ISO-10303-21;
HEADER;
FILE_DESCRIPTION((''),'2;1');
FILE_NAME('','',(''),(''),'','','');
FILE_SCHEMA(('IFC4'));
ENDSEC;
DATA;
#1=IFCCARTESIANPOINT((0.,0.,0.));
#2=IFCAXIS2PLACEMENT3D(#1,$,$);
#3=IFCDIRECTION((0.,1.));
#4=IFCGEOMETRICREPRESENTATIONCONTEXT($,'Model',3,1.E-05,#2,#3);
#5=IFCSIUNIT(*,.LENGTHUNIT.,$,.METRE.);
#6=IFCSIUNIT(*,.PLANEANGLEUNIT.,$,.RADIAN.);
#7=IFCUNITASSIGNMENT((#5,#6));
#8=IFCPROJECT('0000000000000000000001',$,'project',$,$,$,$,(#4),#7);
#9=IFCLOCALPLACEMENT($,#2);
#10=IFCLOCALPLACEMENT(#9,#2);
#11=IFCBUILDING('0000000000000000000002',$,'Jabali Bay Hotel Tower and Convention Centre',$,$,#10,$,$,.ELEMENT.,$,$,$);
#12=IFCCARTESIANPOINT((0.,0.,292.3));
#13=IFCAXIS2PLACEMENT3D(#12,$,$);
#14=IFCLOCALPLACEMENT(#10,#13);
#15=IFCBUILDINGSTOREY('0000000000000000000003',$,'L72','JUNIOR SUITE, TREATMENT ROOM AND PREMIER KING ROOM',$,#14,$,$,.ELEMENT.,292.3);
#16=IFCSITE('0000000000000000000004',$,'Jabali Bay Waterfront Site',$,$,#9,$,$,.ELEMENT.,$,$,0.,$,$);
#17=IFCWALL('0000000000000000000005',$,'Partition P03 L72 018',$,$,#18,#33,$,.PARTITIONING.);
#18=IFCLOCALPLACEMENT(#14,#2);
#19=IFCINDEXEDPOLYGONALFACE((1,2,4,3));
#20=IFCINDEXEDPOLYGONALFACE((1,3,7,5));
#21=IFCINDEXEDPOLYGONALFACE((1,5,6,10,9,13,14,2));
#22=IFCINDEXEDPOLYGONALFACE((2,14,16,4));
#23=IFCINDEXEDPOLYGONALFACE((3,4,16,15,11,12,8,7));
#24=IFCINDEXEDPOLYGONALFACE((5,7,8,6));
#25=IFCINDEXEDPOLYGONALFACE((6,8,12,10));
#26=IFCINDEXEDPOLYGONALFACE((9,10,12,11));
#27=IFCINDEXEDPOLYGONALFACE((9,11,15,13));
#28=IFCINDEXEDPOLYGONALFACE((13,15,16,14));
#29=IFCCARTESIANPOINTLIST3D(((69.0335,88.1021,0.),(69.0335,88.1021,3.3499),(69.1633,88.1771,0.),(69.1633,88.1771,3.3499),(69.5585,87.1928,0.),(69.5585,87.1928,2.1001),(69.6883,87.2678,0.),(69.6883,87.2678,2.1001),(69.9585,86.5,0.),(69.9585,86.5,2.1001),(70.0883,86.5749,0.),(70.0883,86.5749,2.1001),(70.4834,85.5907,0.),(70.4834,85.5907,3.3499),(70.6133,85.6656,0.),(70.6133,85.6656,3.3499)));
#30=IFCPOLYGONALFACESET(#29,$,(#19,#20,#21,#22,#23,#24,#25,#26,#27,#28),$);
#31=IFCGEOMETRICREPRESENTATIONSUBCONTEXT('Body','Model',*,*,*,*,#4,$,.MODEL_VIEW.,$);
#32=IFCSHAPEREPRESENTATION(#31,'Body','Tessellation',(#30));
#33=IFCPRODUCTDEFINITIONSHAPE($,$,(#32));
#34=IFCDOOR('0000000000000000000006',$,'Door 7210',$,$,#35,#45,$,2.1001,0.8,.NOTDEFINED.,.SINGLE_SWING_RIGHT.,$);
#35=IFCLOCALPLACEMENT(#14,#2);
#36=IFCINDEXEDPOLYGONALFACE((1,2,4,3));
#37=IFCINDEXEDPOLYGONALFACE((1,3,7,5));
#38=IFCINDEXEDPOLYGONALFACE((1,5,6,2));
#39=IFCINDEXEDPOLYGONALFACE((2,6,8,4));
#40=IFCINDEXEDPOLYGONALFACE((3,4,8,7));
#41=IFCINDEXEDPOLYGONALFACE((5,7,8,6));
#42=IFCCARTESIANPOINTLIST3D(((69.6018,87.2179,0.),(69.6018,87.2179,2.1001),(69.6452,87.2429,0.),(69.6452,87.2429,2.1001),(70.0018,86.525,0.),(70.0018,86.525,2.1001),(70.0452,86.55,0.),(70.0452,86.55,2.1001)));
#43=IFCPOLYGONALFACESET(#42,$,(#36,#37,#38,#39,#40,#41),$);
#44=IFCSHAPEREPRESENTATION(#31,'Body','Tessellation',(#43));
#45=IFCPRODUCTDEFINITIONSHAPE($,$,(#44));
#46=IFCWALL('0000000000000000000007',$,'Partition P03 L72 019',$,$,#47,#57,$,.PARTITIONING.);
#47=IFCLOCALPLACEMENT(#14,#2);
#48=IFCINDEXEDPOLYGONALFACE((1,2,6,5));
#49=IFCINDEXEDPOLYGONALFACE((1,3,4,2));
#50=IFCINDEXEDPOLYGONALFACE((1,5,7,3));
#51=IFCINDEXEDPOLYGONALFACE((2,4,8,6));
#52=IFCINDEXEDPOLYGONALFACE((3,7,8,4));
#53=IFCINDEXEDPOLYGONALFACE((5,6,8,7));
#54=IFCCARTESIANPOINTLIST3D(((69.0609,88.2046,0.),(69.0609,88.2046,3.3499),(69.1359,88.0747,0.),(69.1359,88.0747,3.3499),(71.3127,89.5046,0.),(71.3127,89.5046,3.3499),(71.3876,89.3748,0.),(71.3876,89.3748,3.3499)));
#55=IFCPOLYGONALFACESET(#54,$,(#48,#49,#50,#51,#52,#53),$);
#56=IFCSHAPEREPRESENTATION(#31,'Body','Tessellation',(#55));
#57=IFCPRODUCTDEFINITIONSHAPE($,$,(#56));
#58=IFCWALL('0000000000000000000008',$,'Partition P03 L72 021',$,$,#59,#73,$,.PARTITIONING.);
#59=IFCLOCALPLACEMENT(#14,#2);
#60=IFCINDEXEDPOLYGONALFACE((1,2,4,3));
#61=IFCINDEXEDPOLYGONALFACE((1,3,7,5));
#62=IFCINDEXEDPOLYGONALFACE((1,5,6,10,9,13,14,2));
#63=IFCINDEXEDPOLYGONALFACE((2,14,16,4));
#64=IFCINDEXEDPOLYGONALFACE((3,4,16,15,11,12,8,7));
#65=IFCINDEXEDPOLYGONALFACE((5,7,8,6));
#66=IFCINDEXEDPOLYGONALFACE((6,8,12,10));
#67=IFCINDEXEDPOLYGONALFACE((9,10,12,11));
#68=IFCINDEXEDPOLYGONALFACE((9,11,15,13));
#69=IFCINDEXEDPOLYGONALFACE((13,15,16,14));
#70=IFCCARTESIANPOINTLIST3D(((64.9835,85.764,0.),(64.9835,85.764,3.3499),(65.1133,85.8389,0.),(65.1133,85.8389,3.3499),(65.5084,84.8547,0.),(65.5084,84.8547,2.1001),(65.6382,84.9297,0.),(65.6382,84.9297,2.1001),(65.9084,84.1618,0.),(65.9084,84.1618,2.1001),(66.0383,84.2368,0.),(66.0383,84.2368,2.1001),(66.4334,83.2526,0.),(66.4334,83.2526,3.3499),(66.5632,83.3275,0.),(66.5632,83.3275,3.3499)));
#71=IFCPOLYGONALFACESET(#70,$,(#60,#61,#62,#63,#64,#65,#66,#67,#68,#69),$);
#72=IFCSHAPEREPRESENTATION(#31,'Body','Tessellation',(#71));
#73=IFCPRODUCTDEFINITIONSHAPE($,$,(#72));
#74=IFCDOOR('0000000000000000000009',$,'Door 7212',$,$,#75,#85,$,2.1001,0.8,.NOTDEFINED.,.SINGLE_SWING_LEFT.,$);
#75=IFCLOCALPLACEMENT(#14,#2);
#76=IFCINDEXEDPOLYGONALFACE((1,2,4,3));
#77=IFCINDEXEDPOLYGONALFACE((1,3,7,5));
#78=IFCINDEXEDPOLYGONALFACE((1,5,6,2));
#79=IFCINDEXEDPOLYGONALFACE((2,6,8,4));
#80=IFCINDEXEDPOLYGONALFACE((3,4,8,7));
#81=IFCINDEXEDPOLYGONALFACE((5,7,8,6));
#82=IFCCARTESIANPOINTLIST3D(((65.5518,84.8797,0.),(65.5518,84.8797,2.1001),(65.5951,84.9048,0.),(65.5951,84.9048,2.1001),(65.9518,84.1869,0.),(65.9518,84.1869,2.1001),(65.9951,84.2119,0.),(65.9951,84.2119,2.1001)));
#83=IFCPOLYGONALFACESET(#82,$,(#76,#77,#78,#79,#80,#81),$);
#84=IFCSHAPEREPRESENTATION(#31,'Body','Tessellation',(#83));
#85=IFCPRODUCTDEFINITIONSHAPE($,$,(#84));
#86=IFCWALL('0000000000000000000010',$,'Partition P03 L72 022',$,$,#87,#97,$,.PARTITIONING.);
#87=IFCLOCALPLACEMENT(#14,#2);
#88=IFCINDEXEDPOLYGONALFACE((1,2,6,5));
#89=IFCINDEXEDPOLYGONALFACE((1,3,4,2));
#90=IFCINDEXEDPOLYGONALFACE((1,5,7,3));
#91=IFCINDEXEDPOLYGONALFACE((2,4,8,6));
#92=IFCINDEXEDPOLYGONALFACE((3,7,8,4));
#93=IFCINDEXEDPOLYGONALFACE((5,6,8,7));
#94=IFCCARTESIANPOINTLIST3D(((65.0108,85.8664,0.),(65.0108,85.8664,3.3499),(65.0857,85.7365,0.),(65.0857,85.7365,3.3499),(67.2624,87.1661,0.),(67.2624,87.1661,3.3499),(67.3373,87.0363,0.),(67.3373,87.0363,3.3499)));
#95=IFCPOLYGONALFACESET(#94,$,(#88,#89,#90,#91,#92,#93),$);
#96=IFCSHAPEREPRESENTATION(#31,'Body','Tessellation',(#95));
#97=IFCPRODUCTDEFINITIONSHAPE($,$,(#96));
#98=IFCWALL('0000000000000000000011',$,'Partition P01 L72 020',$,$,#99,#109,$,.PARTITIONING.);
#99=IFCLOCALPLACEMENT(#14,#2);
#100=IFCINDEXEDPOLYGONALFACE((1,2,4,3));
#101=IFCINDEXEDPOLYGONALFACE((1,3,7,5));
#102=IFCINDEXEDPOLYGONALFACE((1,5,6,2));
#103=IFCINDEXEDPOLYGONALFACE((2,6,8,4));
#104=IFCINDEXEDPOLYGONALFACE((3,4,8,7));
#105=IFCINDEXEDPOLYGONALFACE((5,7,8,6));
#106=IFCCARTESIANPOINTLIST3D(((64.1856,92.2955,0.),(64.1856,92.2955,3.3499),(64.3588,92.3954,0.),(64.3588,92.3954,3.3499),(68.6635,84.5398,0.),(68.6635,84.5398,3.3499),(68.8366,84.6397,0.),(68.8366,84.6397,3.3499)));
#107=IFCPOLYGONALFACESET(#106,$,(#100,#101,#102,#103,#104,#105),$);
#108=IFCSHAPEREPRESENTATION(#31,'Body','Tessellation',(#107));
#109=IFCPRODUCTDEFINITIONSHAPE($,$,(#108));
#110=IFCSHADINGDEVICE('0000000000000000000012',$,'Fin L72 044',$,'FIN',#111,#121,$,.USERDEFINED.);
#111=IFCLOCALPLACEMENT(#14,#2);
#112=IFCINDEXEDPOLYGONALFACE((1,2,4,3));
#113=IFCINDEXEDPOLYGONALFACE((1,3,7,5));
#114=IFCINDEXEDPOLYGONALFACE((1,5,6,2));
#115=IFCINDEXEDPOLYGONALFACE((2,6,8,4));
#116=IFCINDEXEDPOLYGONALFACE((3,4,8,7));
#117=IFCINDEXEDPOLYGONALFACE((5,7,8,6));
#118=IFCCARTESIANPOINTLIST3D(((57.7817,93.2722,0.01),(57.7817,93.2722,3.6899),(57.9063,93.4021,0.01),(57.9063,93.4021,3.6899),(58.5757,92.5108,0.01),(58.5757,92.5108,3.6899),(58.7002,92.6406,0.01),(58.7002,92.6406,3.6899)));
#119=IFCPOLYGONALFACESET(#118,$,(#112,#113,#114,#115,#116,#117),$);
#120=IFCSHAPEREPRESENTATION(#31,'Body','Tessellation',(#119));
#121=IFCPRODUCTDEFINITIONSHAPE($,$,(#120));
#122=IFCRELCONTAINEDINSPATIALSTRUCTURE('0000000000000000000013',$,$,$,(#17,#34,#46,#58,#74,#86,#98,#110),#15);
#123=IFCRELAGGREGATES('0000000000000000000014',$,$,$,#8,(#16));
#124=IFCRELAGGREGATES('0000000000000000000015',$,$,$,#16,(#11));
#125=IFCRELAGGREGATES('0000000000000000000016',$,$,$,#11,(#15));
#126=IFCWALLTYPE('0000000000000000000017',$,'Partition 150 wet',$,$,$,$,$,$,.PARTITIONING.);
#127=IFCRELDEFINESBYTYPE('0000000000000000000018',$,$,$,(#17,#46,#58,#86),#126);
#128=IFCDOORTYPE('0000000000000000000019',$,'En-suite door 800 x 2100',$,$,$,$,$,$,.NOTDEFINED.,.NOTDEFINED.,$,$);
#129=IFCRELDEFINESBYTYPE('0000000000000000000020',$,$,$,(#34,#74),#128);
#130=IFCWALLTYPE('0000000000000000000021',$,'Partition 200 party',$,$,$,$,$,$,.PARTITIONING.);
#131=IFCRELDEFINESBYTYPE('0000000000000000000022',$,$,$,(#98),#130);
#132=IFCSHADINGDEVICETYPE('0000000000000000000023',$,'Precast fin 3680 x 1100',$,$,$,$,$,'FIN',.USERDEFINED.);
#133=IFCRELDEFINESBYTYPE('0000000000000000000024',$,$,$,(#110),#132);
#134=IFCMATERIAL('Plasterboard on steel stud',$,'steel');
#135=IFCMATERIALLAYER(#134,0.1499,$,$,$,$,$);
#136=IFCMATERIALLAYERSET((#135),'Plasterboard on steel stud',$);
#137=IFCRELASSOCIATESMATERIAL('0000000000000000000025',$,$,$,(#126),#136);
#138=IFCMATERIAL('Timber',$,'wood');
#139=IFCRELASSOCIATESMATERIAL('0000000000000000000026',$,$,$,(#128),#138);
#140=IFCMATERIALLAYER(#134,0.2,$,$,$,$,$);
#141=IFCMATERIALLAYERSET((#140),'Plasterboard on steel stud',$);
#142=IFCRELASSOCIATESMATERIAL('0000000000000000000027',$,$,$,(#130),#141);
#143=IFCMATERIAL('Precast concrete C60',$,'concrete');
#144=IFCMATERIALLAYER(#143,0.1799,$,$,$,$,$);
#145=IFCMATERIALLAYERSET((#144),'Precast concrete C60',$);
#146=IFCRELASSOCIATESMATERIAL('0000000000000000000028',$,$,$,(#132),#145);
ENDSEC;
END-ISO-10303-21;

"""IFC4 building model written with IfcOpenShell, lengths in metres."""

from ifc_helpers import new_model, si_unit, direction, frame, frame_2d, origin, place, context, subcontext, project, spatial, rectangle, extrude, material, layer, layer_set, type_object, element, fill, save


model = new_model("IFC4")

# Units and contexts
model_context = context("Model", 3, precision=1e-05, world=origin(), true_north=direction((0.0, 1.0)))
body_context = subcontext(model_context, "Body", "Model", "MODEL_VIEW")
ifc_project = project(units=[si_unit("LENGTHUNIT", "METRE"), si_unit("PLANEANGLEUNIT", "RADIAN")], contexts=[model_context])

# Site, building, storey
site_placement = place(None, origin())
site = spatial("IfcSite", under=ifc_project, at=site_placement, Name="Jabali Bay Waterfront Site", CompositionType="ELEMENT", RefElevation=0.0)
building_placement = place(site_placement, origin())
building = spatial("IfcBuilding", under=site, at=building_placement, Name="Jabali Bay Hotel Tower and Convention Centre", CompositionType="ELEMENT")
storey_placement = place(building_placement, frame((0.0, 0.0, 292.3)))
storey = spatial("IfcBuildingStorey", under=building, at=storey_placement, Name="L72", Description="JUNIOR SUITE, TREATMENT ROOM AND PREMIER KING ROOM", CompositionType="ELEMENT", Elevation=292.3)

# Shared definitions
ifc_material_1 = material(Name="Timber", Category="wood")

# Shared definitions
ifc_material_2 = material(Name="Plasterboard on steel stud", Category="steel")

# Shared definitions
ifc_layer_1 = layer(ifc_material_2, 0.1499)
ifc_layer_set_1 = layer_set([ifc_layer_1], Name="Plasterboard on steel stud")
wall_type_1 = type_object("IfcWallType", Name="Partition 150 wet", PredefinedType="PARTITIONING", material=ifc_layer_set_1)
door_type_1 = type_object("IfcDoorType", Name="En-suite door 800 x 2100", OperationType="NOTDEFINED", PredefinedType="NOTDEFINED", material=ifc_material_1)

# Wall, opening, door
wall_1_placement = place(storey_placement, frame((70.5483, 85.6282, 0.0), z_axis=(0.0, 0.0, 1.0), x_axis=(-0.499987, 0.866033, 0.0)))
wall_1 = element("IfcWall", 1, at=wall_1_placement, inside=storey, type_object=wall_type_1, Name="Partition P03 L72 018", PredefinedType="PARTITIONING", context=body_context, shape_type="SweptSolid", body=[
    extrude(rectangle(XDim=2.8999, YDim=0.1499, at=frame_2d((1.45, 0.0))), origin(), (0.0, 0.0, 1.0), 3.3499),
])
opening_1_placement = place(wall_1_placement, frame((1.05, 0.0, 0.0)))
opening_1 = element("IfcOpeningElement", 2, at=opening_1_placement, cuts=wall_1, PredefinedType="OPENING", context=body_context, shape_type="SweptSolid", body=[
    extrude(rectangle(XDim=0.8, YDim=2.1001, at=frame_2d((0.3999, 1.05))), frame((0.0, 0.0854, 0.0), z_axis=(0.0, -1.0, 0.0), x_axis=(1.0, 0.0, 0.0)), (0.0, 0.0, 1.0), 0.1709),
])
door_1_placement = place(opening_1_placement, origin())
door_1 = element("IfcDoor", 3, at=door_1_placement, inside=storey, type_object=door_type_1, Name="Door 7210", OperationType="SINGLE_SWING_RIGHT", OverallHeight=2.1001, OverallWidth=0.8, PredefinedType="NOTDEFINED", context=body_context, shape_type="SweptSolid", body=[
    extrude(rectangle(XDim=0.8, YDim=2.1001, at=frame_2d((0.3999, 1.05))), frame((0.0, 0.0249, 0.0), z_axis=(0.0, -1.0, 0.0), x_axis=(1.0, 0.0, 0.0)), (0.0, 0.0, 1.0), 0.05),
])
fill(opening_1, door_1)

# Wall
wall_2_placement = place(storey_placement, frame((69.0984, 88.1396, 0.0), z_axis=(0.0, 0.0, 1.0), x_axis=(0.866021, 0.500007, 0.0)))
element("IfcWall", 4, at=wall_2_placement, inside=storey, type_object=wall_type_1, Name="Partition P03 L72 019", PredefinedType="PARTITIONING", context=body_context, shape_type="SweptSolid", body=[
    extrude(rectangle(XDim=2.6001, YDim=0.1499, at=frame_2d((1.3, 0.0))), origin(), (0.0, 0.0, 1.0), 3.3499),
])

# Wall, opening, door
wall_3_placement = place(storey_placement, frame((66.4983, 83.29, 0.0), z_axis=(0.0, 0.0, 1.0), x_axis=(-0.499987, 0.866033, 0.0)))
wall_3 = element("IfcWall", 5, at=wall_3_placement, inside=storey, type_object=wall_type_1, Name="Partition P03 L72 021", PredefinedType="PARTITIONING", context=body_context, shape_type="SweptSolid", body=[
    extrude(rectangle(XDim=2.8999, YDim=0.1499, at=frame_2d((1.45, 0.0))), origin(), (0.0, 0.0, 1.0), 3.3499),
])
opening_2_placement = place(wall_3_placement, frame((1.05, 0.0, 0.0)))
opening_2 = element("IfcOpeningElement", 6, at=opening_2_placement, cuts=wall_3, PredefinedType="OPENING", context=body_context, shape_type="SweptSolid", body=[
    extrude(rectangle(XDim=0.8, YDim=2.1001, at=frame_2d((0.3999, 1.05))), frame((0.0, 0.0854, 0.0), z_axis=(0.0, -1.0, 0.0), x_axis=(1.0, 0.0, 0.0)), (0.0, 0.0, 1.0), 0.1709),
])
door_2_placement = place(opening_2_placement, origin())
door_2 = element("IfcDoor", 7, at=door_2_placement, inside=storey, type_object=door_type_1, Name="Door 7212", OperationType="SINGLE_SWING_LEFT", OverallHeight=2.1001, OverallWidth=0.8, PredefinedType="NOTDEFINED", context=body_context, shape_type="SweptSolid", body=[
    extrude(rectangle(XDim=0.8, YDim=2.1001, at=frame_2d((0.3999, 1.05))), frame((0.0, 0.0249, 0.0), z_axis=(0.0, -1.0, 0.0), x_axis=(1.0, 0.0, 0.0)), (0.0, 0.0, 1.0), 0.05),
])
fill(opening_2, door_2)

# Walls
wall_4_placement = place(storey_placement, frame((65.0483, 85.8015, 0.0), z_axis=(0.0, 0.0, 1.0), x_axis=(0.866062, 0.499937, 0.0)))
element("IfcWall", 8, at=wall_4_placement, inside=storey, type_object=wall_type_1, Name="Partition P03 L72 022", PredefinedType="PARTITIONING", context=body_context, shape_type="SweptSolid", body=[
    extrude(rectangle(XDim=2.5999, YDim=0.1499, at=frame_2d((1.2998, 0.0))), origin(), (0.0, 0.0, 1.0), 3.3499),
])
ifc_layer_2 = layer(ifc_material_2, 0.2)
ifc_layer_set_2 = layer_set([ifc_layer_2], Name="Plasterboard on steel stud")
wall_type_2 = type_object("IfcWallType", Name="Partition 200 party", PredefinedType="PARTITIONING", material=ifc_layer_set_2)
wall_5_placement = place(storey_placement, frame((64.2722, 92.3455, 0.0), z_axis=(0.0, 0.0, 1.0), x_axis=(0.500006, -0.866022, 0.0)))
element("IfcWall", 9, at=wall_5_placement, inside=storey, type_object=wall_type_2, Name="Partition P01 L72 020", PredefinedType="PARTITIONING", context=body_context, shape_type="SweptSolid", body=[
    extrude(rectangle(XDim=8.9556, YDim=0.2, at=frame_2d((4.4778, 0.0))), origin(), (0.0, 0.0, 1.0), 3.3499),
])

# Shading device
ifc_material_3 = material(Name="Precast concrete C60", Category="concrete")
ifc_layer_3 = layer(ifc_material_3, 0.1799)
ifc_layer_set_3 = layer_set([ifc_layer_3], Name="Precast concrete C60")
shading_device_type = type_object("IfcShadingDeviceType", Name="Precast fin 3680 x 1100", ElementType="FIN", PredefinedType="USERDEFINED", material=ifc_layer_set_3)
shading_device_placement = place(storey_placement, frame((58.6379, 92.5757, 0.01), z_axis=(0.0, 0.0, 1.0), x_axis=(-0.721711, 0.692195, 0.0)))
element("IfcShadingDevice", 10, at=shading_device_placement, inside=storey, type_object=shading_device_type, Name="Fin L72 044", ObjectType="FIN", PredefinedType="USERDEFINED", context=body_context, shape_type="SweptSolid", body=[
    extrude(rectangle(XDim=1.1001, YDim=0.1799, at=frame_2d((0.55, 0.0))), origin(), (0.0, 0.0, 1.0), 3.6799),
])

save(model, "model.ifc")
